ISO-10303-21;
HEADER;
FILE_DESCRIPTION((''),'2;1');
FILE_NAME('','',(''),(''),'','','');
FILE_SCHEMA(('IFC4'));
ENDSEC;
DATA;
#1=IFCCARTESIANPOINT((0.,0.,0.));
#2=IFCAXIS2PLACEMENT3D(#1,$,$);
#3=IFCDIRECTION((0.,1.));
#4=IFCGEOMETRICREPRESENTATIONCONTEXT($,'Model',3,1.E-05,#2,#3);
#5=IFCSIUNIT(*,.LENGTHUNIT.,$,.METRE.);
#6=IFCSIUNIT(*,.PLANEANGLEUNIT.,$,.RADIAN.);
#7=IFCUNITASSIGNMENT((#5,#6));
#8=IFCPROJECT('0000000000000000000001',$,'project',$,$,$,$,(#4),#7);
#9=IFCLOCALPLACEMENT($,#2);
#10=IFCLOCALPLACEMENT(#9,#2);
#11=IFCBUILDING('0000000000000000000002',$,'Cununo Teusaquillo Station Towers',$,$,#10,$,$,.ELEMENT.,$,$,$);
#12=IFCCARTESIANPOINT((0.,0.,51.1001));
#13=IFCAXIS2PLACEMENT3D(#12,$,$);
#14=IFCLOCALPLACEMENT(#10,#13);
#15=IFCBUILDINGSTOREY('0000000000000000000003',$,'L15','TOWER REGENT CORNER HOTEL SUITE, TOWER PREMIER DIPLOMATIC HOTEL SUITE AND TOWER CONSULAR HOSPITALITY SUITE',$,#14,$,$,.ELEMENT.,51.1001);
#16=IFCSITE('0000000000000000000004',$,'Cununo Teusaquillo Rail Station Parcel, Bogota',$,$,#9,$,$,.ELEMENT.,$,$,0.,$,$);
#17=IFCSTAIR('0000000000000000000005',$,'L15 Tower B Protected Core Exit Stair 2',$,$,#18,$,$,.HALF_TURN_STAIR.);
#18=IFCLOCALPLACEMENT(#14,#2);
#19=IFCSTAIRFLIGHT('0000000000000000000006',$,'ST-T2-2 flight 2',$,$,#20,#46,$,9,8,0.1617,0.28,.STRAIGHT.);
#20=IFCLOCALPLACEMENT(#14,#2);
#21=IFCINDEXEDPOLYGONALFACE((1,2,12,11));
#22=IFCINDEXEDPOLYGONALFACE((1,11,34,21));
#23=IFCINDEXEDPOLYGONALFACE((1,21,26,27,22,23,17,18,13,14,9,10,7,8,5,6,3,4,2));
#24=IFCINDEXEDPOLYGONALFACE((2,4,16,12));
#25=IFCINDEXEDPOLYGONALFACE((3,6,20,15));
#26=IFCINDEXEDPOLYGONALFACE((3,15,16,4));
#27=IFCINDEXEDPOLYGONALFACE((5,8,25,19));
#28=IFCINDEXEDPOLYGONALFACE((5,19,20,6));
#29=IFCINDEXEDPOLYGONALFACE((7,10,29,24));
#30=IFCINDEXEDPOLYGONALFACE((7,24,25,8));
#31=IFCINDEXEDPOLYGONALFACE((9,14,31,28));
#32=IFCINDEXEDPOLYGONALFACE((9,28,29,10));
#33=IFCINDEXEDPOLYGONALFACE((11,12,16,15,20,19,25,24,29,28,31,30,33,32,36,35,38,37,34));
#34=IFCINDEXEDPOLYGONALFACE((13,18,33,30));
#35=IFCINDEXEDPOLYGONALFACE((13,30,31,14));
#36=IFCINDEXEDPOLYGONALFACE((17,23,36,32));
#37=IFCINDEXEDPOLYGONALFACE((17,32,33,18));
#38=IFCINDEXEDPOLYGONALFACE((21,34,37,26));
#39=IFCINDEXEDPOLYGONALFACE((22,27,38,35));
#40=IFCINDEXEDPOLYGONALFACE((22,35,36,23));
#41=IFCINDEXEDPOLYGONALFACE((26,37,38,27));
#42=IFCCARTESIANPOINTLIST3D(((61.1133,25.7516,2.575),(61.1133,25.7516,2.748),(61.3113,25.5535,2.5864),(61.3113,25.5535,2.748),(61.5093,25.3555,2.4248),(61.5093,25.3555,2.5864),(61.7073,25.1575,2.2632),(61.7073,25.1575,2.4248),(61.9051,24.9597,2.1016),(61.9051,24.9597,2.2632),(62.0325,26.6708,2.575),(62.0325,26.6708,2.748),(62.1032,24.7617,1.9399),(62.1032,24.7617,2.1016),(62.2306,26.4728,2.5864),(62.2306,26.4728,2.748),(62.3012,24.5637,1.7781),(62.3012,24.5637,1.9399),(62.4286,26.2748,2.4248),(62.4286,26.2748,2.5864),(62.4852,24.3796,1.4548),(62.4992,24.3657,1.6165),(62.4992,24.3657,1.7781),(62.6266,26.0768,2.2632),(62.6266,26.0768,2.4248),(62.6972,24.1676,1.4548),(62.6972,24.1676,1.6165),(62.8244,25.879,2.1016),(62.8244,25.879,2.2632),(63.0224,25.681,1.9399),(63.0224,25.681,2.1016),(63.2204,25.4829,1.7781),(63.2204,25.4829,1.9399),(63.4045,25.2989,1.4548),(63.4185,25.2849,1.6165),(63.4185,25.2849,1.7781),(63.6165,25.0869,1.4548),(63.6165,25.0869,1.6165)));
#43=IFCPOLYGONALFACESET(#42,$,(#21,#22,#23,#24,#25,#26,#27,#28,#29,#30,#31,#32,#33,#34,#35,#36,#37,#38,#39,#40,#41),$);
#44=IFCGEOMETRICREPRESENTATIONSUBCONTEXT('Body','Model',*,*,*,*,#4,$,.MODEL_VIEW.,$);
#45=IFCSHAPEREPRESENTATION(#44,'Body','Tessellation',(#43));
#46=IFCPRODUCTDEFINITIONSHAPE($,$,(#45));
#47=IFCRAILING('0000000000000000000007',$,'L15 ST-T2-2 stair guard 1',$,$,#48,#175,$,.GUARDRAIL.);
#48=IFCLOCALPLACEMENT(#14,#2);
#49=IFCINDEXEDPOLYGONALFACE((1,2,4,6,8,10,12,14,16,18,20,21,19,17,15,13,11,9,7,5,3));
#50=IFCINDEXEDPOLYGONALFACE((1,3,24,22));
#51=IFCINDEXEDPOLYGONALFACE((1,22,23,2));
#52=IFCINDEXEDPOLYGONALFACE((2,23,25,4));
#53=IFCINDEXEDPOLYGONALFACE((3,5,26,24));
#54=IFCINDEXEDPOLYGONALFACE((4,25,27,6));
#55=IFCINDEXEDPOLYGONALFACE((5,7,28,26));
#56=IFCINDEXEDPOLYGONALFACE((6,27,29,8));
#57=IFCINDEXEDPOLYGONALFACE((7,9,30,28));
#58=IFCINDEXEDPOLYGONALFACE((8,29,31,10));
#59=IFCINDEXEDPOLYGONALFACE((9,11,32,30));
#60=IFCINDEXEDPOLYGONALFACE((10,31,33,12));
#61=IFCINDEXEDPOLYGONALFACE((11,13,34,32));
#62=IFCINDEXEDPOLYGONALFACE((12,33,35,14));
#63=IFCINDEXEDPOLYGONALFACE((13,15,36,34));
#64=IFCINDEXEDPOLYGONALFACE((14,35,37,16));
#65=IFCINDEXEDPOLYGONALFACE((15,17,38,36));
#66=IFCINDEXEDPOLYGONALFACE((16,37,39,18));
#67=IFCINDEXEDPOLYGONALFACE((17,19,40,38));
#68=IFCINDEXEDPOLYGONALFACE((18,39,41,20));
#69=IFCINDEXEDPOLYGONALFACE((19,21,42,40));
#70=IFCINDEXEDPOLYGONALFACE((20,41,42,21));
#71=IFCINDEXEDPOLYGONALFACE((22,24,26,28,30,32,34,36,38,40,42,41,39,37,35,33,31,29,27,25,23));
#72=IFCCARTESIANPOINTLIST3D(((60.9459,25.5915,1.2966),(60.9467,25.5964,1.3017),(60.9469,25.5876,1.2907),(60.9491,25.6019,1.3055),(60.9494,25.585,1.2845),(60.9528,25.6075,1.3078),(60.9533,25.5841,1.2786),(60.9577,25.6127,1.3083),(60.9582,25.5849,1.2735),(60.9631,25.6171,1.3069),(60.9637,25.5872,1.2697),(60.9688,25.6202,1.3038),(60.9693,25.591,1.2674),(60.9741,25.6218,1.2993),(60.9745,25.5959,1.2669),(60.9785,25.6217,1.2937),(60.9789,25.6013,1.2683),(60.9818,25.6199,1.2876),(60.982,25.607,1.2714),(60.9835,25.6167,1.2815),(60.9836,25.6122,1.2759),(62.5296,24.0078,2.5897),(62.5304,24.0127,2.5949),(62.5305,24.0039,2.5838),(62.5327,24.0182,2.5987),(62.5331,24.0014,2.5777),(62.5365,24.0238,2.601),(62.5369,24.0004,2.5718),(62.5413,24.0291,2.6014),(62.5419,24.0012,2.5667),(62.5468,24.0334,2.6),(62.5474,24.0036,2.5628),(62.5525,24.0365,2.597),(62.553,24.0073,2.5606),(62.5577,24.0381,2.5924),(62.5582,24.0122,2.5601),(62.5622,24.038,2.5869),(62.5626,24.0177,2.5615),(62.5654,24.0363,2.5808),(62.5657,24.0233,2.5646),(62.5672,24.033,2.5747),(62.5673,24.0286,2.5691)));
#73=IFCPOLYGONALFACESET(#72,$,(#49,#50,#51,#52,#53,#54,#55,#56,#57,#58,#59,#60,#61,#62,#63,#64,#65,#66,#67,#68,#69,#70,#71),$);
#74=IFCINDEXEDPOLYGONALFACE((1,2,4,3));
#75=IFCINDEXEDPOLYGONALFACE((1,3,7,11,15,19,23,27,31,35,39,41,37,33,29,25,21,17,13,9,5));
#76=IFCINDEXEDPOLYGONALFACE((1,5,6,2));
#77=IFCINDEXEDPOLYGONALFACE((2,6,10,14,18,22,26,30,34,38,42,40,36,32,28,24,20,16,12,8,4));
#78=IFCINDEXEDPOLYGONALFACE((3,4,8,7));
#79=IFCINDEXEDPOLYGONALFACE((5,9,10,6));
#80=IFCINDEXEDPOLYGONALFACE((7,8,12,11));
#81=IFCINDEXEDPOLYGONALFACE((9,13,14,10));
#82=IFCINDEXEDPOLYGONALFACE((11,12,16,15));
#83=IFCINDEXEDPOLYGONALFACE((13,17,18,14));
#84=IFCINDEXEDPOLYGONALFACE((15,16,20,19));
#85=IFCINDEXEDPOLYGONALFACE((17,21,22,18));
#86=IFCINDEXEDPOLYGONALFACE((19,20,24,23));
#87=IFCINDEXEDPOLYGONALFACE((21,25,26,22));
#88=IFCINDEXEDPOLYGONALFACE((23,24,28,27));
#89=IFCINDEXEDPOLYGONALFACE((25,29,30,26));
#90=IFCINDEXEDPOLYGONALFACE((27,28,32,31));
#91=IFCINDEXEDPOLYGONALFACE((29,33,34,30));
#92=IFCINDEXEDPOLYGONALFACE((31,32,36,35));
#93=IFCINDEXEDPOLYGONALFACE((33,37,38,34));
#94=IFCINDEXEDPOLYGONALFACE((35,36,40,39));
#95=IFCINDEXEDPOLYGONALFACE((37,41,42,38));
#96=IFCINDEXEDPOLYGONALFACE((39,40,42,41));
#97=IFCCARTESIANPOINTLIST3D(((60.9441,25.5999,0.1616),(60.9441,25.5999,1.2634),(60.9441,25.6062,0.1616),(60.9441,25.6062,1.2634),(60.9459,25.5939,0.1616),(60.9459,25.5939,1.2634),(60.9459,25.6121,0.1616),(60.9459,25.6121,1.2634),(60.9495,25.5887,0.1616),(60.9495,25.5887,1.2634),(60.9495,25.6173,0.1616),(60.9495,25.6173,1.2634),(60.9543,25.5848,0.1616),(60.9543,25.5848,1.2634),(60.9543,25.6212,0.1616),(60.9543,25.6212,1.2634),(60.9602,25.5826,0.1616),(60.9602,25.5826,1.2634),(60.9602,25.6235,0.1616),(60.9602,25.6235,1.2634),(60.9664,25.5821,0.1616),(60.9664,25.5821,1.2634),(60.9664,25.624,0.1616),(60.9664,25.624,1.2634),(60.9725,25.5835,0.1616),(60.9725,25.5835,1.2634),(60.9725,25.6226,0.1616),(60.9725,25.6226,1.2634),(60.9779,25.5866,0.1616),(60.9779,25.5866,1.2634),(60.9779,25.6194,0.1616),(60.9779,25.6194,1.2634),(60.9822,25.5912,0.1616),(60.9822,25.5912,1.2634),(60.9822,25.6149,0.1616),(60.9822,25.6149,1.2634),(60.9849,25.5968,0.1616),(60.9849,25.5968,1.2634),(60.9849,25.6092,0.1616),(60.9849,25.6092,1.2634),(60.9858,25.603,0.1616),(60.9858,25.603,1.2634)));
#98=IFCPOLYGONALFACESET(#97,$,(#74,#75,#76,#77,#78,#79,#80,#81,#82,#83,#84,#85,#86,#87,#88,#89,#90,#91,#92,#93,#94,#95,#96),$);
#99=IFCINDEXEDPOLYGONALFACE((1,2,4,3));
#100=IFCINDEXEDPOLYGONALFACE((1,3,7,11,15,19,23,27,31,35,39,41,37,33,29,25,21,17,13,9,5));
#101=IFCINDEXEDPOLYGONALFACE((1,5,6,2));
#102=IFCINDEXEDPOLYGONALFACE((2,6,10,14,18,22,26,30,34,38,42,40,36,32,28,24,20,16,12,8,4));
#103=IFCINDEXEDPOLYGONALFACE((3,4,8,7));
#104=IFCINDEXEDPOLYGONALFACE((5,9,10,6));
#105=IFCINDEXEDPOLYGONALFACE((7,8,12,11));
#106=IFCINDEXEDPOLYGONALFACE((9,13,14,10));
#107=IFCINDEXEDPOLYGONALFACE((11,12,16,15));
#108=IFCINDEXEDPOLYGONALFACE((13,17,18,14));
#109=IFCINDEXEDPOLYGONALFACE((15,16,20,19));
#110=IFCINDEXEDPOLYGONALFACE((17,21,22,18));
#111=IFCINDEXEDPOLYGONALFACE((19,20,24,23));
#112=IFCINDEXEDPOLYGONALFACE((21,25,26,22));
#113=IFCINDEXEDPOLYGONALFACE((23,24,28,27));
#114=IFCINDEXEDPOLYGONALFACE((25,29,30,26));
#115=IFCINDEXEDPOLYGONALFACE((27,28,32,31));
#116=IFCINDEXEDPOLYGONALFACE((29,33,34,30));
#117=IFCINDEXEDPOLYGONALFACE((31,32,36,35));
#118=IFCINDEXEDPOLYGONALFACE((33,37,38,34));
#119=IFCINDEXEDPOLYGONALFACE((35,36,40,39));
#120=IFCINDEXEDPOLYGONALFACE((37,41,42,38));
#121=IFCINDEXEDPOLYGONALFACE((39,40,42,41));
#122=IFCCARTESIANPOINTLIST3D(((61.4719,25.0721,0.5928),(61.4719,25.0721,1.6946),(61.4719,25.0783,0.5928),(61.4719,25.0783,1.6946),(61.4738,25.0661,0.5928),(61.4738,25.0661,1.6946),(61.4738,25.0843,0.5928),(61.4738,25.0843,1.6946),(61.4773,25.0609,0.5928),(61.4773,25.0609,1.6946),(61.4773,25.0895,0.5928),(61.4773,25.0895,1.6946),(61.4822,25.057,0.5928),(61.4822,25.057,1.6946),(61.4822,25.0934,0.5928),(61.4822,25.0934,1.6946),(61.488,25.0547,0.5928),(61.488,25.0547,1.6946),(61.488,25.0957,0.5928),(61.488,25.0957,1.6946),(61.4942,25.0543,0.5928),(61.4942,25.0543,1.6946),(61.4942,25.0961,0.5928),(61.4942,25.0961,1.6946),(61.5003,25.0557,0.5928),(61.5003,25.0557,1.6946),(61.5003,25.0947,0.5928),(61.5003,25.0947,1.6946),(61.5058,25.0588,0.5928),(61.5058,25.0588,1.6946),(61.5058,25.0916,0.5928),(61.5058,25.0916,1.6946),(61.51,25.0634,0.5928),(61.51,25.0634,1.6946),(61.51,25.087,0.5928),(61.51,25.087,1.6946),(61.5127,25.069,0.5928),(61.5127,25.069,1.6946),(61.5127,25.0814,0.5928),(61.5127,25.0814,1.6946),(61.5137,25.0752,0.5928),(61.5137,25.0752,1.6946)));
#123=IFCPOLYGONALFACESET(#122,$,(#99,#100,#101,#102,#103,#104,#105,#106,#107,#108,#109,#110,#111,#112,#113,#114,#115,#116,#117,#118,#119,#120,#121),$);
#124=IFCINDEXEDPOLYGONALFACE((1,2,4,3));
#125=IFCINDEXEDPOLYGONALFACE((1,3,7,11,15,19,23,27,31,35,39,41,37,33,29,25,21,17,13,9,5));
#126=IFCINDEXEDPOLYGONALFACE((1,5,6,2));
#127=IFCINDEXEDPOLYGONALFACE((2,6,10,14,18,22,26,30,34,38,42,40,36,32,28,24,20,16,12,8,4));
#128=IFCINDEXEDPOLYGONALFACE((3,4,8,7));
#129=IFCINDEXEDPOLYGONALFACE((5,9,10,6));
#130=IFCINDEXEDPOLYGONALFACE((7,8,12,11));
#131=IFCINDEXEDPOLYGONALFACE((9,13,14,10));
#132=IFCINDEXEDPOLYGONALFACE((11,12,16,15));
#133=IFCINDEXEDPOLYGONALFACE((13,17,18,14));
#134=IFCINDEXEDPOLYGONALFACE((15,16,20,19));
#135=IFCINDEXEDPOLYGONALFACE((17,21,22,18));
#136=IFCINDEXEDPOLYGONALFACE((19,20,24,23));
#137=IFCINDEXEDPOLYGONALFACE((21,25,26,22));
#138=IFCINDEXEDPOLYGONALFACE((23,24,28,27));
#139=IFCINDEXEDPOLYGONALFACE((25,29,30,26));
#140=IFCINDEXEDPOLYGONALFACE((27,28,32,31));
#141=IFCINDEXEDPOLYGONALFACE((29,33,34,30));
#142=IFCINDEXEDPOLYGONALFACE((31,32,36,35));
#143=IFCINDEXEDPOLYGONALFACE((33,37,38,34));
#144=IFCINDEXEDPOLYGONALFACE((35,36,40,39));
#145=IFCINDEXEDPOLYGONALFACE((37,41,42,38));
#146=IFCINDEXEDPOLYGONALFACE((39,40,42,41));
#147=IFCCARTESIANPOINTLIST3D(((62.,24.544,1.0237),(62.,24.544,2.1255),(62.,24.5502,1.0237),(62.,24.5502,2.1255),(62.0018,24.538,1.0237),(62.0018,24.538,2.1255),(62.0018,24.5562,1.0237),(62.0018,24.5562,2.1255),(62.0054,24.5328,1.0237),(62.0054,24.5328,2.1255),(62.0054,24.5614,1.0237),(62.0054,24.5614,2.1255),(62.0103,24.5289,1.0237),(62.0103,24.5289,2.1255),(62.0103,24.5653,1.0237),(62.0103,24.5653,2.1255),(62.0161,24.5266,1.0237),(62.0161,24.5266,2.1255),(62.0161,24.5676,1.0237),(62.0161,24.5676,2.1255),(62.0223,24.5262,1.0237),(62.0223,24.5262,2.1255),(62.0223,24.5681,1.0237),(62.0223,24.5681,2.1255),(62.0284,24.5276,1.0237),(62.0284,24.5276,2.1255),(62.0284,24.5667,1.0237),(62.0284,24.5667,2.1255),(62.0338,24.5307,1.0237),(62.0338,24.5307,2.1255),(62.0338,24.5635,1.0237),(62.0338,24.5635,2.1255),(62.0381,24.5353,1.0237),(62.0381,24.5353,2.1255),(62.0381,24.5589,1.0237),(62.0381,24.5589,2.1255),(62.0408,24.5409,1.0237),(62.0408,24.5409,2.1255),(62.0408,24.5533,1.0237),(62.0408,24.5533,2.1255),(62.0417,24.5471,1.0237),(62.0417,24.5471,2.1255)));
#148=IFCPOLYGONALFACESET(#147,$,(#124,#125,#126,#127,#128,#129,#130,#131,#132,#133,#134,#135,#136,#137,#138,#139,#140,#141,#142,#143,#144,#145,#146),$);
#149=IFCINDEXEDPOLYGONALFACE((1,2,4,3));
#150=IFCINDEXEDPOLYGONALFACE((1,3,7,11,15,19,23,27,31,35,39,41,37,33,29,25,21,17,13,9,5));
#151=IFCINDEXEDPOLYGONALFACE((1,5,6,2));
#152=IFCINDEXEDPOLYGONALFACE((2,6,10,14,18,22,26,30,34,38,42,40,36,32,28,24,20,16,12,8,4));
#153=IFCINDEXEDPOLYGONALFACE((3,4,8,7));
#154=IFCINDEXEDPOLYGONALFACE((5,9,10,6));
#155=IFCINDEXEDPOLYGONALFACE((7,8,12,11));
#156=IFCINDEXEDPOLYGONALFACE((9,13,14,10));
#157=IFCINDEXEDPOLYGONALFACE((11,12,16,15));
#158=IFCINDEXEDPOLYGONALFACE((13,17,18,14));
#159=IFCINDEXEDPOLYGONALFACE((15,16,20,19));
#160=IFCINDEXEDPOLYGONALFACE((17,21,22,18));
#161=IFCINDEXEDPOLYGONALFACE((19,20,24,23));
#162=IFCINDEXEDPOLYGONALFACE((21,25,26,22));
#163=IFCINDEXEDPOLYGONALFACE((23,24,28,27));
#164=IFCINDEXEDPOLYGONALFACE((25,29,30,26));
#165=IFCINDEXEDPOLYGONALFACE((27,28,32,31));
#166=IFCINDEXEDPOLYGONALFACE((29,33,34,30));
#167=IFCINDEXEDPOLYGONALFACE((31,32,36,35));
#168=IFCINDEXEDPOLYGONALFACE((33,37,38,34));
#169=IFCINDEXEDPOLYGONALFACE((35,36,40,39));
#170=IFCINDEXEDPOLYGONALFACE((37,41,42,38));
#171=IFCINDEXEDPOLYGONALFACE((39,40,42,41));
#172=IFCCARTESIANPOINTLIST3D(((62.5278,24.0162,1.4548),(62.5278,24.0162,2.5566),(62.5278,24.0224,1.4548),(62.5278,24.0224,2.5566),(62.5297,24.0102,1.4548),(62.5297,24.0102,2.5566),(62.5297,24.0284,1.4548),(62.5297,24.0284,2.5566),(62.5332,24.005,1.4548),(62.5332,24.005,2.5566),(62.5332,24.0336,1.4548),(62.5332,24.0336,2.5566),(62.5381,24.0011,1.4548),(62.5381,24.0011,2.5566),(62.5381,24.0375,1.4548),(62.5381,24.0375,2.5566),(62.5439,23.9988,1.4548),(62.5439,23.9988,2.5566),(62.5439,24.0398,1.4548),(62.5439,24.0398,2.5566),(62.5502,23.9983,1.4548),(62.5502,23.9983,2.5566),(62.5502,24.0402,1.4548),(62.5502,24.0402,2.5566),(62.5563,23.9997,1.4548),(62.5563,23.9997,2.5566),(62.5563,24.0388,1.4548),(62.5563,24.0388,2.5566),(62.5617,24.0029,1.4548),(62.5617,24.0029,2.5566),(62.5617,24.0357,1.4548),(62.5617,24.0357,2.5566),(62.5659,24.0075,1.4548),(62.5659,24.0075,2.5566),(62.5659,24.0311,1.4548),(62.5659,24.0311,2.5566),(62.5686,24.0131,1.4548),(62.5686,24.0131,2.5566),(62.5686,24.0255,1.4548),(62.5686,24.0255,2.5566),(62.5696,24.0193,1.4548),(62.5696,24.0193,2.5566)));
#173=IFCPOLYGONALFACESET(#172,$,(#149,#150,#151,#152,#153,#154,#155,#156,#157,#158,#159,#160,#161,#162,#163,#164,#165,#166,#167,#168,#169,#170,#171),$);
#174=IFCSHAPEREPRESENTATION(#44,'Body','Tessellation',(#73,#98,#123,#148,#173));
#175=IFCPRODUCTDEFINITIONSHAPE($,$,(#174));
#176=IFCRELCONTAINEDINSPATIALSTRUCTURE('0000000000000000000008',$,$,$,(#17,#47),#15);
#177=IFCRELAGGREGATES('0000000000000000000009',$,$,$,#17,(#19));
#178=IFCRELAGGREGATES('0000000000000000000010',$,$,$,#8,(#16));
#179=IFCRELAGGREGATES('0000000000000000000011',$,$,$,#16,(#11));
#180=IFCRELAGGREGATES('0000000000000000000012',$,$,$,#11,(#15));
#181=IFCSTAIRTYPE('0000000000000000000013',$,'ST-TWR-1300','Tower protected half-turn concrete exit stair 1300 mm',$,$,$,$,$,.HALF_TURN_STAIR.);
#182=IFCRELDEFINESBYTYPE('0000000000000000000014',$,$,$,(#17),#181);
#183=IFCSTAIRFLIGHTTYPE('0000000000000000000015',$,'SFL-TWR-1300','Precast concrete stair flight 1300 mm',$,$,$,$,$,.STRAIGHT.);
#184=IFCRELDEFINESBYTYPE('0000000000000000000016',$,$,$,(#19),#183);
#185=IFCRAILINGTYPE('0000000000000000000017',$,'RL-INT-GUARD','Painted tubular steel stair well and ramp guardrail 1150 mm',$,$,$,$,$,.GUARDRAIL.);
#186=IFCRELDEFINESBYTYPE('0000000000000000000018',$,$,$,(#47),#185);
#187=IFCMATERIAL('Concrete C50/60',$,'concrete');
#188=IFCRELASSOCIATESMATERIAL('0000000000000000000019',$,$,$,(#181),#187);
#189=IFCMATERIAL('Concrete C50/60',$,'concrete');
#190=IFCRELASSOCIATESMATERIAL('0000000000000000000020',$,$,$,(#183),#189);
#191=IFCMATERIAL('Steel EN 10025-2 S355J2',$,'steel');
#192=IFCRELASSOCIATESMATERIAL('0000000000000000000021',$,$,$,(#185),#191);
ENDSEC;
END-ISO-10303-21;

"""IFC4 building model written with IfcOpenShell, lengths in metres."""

from ifc_helpers import new_model, si_unit, direction, frame, origin, origin_2d, place, context, subcontext, project, spatial, polyline, circle, outline, extrude, material, type_object, element, aggregate, save


model = new_model("IFC4")

# Units and contexts
model_context = context("Model", 3, precision=1e-05, world=origin(), true_north=direction((0.0, 1.0)))
body_context = subcontext(model_context, "Body", "Model", "MODEL_VIEW")
ifc_project = project(units=[si_unit("LENGTHUNIT", "METRE"), si_unit("PLANEANGLEUNIT", "RADIAN")], contexts=[model_context])

# Site, building, storey
site_placement = place(None, origin())
site = spatial("IfcSite", under=ifc_project, at=site_placement, Name="Cununo Teusaquillo Rail Station Parcel, Bogota", CompositionType="ELEMENT", RefElevation=0.0)
building_placement = place(site_placement, origin())
building = spatial("IfcBuilding", under=site, at=building_placement, Name="Cununo Teusaquillo Station Towers", CompositionType="ELEMENT")
storey_placement = place(building_placement, frame((0.0, 0.0, 51.1001)))
storey = spatial("IfcBuildingStorey", under=building, at=storey_placement, Name="L15", Description="TOWER REGENT CORNER HOTEL SUITE, TOWER PREMIER DIPLOMATIC HOTEL SUITE AND TOWER CONSULAR HOSPITALITY SUITE", CompositionType="ELEMENT", Elevation=51.1001)

# Stair, stair flight
ifc_material_1 = material(Name="Concrete C50/60", Category="concrete")
stair_type = type_object("IfcStairType", Name="ST-TWR-1300", Description="Tower protected half-turn concrete exit stair 1300 mm", PredefinedType="HALF_TURN_STAIR", material=ifc_material_1)
stair_placement = place(storey_placement, origin())
stair = element("IfcStair", 1, at=stair_placement, inside=storey, type_object=stair_type, Name="L15 Tower B Protected Core Exit Stair 2", PredefinedType="HALF_TURN_STAIR")
ifc_material_2 = material(Name="Concrete C50/60", Category="concrete")
stair_flight_type = type_object("IfcStairFlightType", Name="SFL-TWR-1300", Description="Precast concrete stair flight 1300 mm", PredefinedType="STRAIGHT", material=ifc_material_2)
stair_flight_1_placement = place(storey_placement, frame((63.1567, 24.6272, 1.4548), z_axis=(0.0, 0.0, 1.0), x_axis=(-0.707107, 0.707107, 0.0)))
stair_flight_1 = element("IfcStairFlight", 2, at=stair_flight_1_placement, type_object=stair_flight_type, Name="ST-T2-2 flight 2", NumberOfRisers=9, NumberOfTreads=8, PredefinedType="STRAIGHT", RiserHeight=0.1617, TreadLength=0.28, context=body_context, shape_type="SweptSolid", body=[
    extrude(outline(polyline([(0.0, 0.0), (0.0, 0.1616), (0.28, 0.1616), (0.28, 0.3232), (0.5601, 0.3232), (0.5601, 0.4851), (0.8401, 0.4851), (0.8401, 0.6467), (1.1201, 0.6467), (1.1201, 0.8083), (1.3999, 0.8083), (1.3999, 0.97), (1.6799, 0.97), (1.6799, 1.1316), (1.96, 1.1316), (1.96, 1.2932), (2.24, 1.2932), (2.24, 1.4551), (2.24, 1.1201), (0.2998, 0.0), (0.0, 0.0)])), frame((0.0, 0.6499, 0.0), z_axis=(0.0, -1.0, 0.0), x_axis=(1.0, 0.0, 0.0)), (0.0, 0.0, 1.0), 1.3),
])
aggregate(stair, [stair_flight_1])

# Railing
ifc_material_3 = material(Name="Steel EN 10025-2 S355J2", Category="steel")
railing_type_1 = type_object("IfcRailingType", Name="RL-INT-GUARD", Description="Painted tubular steel stair well and ramp guardrail 1150 mm", PredefinedType="GUARDRAIL", material=ifc_material_3)
railing_1_placement = place(storey_placement, frame((60.9648, 25.603, 0.1616)))
element("IfcRailing", 3, at=railing_1_placement, inside=storey, type_object=railing_type_1, Name="L15 ST-T2-2 stair guard 1", PredefinedType="GUARDRAIL", context=body_context, shape_type="SweptSolid", body=[
    extrude(circle(Radius=0.0239, at=origin_2d()), frame((0.0, 0.0, 1.126), z_axis=(0.612361, -0.612361, 0.500027), x_axis=(0.707107, 0.707107, 0.0)), (0.0, 0.0, 1.0), 2.5862),
    extrude(circle(Radius=0.021, at=origin_2d()), origin(), (0.0, 0.0, 1.0), 1.1018),
    extrude(circle(Radius=0.021, at=origin_2d()), frame((0.5278, -0.5278, 0.4312)), (0.0, 0.0, 1.0), 1.1018),
    extrude(circle(Radius=0.021, at=origin_2d()), frame((1.0559, -1.0559, 0.8621)), (0.0, 0.0, 1.0), 1.1018),
    extrude(circle(Radius=0.021, at=origin_2d()), frame((1.5837, -1.5837, 1.2932)), (0.0, 0.0, 1.0), 1.1018),
])

save(model, "model.ifc")
